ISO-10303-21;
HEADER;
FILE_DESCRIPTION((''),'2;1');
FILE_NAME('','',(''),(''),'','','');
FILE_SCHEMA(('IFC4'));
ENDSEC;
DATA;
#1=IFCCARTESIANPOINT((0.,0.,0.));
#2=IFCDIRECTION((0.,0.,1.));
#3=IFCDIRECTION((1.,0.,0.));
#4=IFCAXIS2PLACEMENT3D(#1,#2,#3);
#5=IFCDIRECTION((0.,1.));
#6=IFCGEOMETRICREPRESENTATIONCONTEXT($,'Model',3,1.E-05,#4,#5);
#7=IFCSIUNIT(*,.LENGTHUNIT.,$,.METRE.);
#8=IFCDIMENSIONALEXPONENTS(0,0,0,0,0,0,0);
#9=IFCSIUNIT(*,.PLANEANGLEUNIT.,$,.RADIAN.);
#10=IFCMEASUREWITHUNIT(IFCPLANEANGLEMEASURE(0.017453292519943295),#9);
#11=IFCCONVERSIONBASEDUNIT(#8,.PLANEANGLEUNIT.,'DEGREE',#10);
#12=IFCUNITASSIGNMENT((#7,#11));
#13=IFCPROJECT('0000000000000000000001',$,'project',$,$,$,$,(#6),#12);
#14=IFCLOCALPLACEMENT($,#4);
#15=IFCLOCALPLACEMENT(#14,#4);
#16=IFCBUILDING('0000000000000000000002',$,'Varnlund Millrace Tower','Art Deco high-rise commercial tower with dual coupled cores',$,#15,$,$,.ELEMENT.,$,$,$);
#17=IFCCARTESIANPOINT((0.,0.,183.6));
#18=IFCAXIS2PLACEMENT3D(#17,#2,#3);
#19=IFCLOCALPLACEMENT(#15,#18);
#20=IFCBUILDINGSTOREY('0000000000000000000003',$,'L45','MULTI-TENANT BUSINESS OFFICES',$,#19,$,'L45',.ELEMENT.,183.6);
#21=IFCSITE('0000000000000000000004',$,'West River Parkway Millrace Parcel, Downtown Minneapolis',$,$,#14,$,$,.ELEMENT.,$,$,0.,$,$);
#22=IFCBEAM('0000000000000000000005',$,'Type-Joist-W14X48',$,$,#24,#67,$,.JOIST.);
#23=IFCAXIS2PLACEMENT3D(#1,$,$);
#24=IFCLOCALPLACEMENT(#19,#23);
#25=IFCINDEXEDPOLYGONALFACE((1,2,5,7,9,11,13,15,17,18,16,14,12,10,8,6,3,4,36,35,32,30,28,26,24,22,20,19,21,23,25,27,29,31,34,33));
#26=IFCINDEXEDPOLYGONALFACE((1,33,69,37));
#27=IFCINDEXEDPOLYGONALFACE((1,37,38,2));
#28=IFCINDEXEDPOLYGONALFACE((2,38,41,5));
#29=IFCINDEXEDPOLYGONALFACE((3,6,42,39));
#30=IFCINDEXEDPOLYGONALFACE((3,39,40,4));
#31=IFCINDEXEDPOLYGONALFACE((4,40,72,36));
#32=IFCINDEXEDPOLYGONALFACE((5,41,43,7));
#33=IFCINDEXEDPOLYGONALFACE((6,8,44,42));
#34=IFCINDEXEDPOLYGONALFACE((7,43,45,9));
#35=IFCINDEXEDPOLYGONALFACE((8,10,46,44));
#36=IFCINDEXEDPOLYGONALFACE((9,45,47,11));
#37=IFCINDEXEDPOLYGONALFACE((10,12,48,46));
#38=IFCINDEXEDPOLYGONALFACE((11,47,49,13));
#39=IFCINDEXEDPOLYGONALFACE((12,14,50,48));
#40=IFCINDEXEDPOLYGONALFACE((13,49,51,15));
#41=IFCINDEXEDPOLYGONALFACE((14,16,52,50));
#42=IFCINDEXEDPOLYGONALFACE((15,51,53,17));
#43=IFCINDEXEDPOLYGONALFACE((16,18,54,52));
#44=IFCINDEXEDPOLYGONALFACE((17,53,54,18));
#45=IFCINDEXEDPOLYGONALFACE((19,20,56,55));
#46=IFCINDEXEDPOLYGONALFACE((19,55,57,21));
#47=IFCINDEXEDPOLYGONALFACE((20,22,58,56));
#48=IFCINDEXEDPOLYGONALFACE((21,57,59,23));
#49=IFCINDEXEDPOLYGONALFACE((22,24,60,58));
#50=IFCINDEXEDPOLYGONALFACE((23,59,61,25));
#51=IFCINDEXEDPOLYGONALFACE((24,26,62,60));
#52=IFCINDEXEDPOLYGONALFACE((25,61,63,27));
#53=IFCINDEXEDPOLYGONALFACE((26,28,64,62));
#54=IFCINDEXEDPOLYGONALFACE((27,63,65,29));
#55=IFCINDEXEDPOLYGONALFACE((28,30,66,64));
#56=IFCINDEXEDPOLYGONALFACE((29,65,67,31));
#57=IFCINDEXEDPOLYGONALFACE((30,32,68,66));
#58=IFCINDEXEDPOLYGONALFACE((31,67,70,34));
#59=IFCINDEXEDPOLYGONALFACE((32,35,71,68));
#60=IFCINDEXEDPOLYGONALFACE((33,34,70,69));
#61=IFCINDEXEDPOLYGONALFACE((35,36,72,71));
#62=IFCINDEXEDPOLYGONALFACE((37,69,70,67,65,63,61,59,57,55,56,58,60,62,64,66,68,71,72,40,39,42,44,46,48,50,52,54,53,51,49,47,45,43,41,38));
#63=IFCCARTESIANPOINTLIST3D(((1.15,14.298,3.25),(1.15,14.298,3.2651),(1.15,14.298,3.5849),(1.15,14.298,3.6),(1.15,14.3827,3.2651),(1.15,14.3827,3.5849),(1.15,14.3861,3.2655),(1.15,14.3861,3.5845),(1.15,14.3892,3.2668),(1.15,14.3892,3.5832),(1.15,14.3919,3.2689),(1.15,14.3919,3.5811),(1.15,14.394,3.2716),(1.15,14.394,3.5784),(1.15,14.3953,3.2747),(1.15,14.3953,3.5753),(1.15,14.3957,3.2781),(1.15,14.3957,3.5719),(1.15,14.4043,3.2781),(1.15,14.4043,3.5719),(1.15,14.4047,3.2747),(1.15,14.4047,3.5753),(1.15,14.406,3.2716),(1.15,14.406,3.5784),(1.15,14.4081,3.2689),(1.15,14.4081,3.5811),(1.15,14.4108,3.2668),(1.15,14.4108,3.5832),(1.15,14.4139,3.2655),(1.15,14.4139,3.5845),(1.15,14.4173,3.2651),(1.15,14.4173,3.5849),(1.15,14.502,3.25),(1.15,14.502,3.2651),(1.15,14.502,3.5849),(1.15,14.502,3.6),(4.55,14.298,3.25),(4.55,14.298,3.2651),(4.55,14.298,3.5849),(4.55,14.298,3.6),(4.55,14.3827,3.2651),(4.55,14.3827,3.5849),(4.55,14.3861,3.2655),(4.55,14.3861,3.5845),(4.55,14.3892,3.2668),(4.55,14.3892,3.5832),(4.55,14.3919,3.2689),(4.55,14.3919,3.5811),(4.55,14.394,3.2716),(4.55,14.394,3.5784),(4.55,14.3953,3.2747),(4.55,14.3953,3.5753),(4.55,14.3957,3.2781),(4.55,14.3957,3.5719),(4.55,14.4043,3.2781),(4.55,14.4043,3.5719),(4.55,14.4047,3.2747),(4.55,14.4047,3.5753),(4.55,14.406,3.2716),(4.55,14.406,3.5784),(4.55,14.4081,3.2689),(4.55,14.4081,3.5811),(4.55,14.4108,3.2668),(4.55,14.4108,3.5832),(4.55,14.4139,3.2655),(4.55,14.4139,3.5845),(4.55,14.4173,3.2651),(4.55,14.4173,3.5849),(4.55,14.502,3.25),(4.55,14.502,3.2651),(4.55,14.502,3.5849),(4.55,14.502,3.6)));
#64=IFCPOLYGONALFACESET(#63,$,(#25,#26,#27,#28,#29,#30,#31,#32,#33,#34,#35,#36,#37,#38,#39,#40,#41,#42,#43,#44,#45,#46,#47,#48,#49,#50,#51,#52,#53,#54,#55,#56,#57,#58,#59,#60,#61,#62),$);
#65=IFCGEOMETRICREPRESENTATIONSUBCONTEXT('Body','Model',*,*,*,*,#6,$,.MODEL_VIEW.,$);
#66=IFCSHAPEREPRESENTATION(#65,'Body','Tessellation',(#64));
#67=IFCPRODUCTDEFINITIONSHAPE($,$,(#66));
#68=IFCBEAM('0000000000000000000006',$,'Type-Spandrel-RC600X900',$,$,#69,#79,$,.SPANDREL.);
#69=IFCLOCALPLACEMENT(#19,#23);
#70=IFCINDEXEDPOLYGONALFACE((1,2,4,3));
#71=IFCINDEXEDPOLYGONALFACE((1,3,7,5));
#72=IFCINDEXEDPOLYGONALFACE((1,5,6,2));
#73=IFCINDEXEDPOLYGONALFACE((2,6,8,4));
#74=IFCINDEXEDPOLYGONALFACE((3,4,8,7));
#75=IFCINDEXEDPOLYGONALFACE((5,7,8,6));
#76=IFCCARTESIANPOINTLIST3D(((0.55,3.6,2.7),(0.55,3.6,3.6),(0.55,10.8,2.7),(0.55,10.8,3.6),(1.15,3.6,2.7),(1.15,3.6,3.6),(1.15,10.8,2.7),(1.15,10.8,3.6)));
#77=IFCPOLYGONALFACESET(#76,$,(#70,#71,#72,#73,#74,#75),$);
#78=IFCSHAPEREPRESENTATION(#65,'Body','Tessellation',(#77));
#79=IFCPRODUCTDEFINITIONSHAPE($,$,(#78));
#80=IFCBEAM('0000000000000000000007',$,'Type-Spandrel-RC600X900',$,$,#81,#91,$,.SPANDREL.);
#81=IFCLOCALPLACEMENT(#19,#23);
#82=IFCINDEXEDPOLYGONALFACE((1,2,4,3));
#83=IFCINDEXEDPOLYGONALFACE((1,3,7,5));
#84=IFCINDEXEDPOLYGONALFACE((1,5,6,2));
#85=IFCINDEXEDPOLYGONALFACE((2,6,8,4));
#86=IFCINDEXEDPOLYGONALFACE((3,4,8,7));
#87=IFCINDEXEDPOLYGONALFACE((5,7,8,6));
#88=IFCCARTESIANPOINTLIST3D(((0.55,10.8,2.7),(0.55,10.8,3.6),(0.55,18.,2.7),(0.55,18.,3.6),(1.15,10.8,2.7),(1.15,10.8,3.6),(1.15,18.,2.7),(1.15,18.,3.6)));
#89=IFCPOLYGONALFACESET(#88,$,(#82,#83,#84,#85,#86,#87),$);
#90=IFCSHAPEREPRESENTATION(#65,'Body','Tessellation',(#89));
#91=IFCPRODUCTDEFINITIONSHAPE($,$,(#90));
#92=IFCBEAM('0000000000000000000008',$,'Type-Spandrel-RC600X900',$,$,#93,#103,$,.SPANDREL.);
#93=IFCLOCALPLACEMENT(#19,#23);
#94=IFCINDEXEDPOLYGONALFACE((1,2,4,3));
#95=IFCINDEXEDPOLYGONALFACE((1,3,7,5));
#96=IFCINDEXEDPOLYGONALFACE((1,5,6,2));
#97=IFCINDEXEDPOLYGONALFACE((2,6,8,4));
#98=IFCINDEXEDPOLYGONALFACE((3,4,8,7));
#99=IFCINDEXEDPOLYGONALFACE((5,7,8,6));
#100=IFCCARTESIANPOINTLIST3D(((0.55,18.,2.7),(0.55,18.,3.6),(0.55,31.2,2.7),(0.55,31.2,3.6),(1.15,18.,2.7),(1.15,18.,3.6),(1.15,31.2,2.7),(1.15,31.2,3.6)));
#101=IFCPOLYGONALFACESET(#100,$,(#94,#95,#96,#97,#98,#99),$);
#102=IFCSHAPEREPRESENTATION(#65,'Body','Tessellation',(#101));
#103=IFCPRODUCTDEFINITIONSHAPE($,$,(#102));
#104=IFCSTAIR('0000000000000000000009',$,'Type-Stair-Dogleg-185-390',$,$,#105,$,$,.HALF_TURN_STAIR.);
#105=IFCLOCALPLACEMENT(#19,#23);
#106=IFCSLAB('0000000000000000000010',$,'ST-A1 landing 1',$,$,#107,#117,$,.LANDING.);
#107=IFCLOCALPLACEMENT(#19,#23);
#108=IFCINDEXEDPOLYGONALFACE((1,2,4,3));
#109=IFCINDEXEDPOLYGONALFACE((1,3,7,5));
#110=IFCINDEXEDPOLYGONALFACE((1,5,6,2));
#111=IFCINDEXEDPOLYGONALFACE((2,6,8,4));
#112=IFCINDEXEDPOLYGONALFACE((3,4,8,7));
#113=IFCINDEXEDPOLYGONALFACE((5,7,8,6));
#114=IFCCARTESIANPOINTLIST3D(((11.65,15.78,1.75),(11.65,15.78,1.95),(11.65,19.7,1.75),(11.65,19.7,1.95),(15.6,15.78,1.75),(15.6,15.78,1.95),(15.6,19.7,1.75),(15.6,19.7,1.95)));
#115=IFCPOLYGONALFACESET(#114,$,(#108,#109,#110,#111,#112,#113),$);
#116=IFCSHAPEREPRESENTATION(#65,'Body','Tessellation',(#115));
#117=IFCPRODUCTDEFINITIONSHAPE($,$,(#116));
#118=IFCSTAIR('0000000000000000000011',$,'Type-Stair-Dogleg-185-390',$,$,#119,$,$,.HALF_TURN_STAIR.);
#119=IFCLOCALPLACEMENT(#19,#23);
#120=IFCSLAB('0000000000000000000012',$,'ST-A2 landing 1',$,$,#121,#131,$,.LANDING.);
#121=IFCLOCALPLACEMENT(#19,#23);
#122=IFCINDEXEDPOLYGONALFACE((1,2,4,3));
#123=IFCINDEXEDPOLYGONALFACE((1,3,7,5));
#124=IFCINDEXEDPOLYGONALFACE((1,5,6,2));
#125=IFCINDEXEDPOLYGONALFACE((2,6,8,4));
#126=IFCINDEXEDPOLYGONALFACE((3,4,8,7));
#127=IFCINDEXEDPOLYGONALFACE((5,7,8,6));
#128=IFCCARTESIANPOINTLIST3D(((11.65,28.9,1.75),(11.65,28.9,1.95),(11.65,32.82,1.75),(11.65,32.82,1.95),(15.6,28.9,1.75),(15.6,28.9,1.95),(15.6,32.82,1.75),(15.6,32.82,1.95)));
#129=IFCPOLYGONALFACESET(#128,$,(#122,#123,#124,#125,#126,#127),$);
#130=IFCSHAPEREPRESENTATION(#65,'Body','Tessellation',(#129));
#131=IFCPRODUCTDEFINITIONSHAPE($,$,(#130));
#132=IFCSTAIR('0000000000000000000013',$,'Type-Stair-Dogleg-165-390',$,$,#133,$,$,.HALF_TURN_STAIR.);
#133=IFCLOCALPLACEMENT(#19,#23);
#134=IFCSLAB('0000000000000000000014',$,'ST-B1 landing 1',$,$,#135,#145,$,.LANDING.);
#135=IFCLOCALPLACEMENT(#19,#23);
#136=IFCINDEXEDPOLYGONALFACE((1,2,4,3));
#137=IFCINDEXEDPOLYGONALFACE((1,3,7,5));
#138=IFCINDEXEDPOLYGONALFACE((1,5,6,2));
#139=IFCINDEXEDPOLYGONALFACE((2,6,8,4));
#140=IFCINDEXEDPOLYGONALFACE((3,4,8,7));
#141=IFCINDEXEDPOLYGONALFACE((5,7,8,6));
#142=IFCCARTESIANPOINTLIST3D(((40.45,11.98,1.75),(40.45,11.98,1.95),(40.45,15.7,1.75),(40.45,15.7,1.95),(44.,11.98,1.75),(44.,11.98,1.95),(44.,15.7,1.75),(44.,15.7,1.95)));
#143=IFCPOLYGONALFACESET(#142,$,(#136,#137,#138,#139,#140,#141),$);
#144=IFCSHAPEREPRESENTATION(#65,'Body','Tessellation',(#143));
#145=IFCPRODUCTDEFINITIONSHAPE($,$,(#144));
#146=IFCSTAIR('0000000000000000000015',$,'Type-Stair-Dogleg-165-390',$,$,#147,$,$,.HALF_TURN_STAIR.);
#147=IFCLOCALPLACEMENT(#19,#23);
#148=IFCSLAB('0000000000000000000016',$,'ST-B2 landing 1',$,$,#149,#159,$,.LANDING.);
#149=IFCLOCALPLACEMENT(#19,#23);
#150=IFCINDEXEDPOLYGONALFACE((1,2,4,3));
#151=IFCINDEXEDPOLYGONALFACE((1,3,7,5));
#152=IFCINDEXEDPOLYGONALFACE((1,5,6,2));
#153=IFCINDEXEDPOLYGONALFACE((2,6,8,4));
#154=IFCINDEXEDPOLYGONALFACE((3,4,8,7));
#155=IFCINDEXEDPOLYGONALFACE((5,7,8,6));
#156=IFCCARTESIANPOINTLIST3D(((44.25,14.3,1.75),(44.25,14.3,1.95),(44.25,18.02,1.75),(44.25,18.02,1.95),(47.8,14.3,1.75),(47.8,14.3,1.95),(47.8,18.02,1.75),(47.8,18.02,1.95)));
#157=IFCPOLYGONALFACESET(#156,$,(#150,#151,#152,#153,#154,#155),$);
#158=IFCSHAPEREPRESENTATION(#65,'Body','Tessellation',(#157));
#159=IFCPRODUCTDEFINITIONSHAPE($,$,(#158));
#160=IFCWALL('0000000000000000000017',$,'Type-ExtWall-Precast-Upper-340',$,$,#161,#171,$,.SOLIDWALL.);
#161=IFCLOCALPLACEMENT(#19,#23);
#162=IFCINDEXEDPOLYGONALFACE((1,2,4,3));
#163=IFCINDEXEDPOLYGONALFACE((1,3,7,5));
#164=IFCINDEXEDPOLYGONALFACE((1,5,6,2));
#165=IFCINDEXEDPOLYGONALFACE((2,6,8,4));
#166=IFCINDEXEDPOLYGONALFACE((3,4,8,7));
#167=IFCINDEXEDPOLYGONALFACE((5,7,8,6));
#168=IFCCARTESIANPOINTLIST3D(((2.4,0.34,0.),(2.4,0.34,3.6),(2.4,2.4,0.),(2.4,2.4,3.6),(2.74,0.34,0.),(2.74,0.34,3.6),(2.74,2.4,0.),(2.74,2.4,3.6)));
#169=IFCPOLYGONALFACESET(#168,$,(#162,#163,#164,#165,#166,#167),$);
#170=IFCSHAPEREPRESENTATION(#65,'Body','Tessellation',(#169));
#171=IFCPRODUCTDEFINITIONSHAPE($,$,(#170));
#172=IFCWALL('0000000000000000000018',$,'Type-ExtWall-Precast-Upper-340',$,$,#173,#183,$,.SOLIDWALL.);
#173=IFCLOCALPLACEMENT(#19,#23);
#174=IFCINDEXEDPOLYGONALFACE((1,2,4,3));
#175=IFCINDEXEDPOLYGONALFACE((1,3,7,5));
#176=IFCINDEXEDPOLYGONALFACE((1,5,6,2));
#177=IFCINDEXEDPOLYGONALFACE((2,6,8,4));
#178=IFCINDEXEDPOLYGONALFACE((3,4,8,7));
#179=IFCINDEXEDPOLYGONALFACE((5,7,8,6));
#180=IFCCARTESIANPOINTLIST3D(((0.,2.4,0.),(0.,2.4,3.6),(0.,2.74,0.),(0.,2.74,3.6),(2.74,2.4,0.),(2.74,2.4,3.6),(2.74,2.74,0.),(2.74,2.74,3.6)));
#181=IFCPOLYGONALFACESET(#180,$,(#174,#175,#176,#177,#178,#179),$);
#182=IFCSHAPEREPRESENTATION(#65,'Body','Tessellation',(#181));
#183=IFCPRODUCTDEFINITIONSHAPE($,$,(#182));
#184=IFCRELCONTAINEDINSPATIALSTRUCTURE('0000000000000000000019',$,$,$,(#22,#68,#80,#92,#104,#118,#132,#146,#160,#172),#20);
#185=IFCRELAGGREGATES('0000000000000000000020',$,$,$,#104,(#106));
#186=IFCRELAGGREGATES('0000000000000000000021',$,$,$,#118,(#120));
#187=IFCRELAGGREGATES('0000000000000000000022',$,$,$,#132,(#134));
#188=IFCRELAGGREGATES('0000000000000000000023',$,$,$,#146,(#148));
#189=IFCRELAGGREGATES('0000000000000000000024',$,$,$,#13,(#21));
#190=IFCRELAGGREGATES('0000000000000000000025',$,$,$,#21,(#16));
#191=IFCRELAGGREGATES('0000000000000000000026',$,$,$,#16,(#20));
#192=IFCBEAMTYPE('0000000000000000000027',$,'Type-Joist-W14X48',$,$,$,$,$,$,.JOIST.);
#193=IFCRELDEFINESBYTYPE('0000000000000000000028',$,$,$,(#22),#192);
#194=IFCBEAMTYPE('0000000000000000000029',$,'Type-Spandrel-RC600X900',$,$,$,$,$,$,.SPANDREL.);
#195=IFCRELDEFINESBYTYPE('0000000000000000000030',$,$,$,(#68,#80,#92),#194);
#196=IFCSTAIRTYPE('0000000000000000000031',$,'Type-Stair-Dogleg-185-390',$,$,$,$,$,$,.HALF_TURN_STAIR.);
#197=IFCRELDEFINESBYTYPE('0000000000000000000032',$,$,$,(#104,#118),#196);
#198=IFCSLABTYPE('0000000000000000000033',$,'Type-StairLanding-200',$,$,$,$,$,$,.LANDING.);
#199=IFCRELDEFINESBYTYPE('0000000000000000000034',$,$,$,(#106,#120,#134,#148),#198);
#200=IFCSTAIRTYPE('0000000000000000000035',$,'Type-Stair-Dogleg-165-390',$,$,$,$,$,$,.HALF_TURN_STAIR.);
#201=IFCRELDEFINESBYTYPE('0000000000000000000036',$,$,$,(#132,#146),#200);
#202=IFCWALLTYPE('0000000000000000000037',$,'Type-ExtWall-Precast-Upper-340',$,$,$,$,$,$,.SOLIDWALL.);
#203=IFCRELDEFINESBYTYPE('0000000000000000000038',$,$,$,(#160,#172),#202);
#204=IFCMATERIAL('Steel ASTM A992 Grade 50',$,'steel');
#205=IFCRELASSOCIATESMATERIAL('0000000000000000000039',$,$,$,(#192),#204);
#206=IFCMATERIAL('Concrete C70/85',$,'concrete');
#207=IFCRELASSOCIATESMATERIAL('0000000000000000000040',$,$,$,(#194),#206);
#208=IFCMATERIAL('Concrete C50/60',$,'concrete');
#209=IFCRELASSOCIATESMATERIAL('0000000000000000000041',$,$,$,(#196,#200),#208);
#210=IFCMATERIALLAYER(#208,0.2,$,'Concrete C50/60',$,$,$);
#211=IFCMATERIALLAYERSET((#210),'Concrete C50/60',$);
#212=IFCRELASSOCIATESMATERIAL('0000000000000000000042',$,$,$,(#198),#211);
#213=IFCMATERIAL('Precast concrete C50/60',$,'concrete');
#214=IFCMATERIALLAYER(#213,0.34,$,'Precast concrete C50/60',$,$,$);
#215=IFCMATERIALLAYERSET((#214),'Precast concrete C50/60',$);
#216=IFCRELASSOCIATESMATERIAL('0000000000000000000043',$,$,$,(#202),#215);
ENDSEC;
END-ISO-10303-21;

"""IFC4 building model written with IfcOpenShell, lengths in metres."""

from ifc_helpers import new_model, entity, si_unit, converted_unit, direction, frame, origin_with_axes, origin_2d_with_axis, place, context, subcontext, project, spatial, polyline, rectangle, i_section, outline, extrude, material, layer, layer_set, material_profile, profile_set, type_object, element, aggregate, save


model = new_model("IFC4")

# Units and contexts
model_context = context("Model", 3, precision=1e-05, world=origin_with_axes(), true_north=direction((0.0, 1.0)))
body_context = subcontext(model_context, "Body", "Model", "MODEL_VIEW")
ifc_project = project(units=[si_unit("LENGTHUNIT", "METRE"), converted_unit("PLANEANGLEUNIT", "DEGREE", entity("IfcPlaneAngleMeasure", 0.017453292519943295), si_unit("PLANEANGLEUNIT", "RADIAN"), dimensions=[0, 0, 0, 0, 0, 0, 0])], contexts=[model_context])

# Site, building, storey
site_placement = place(None, origin_with_axes())
site = spatial("IfcSite", under=ifc_project, at=site_placement, Name="West River Parkway Millrace Parcel, Downtown Minneapolis", CompositionType="ELEMENT", RefElevation=0.0)
building_placement = place(site_placement, origin_with_axes())
building = spatial("IfcBuilding", under=site, at=building_placement, Name="Varnlund Millrace Tower", Description="Art Deco high-rise commercial tower with dual coupled cores", CompositionType="ELEMENT")
storey_placement = place(building_placement, frame((0.0, 0.0, 183.6), z_axis=(0.0, 0.0, 1.0), x_axis=(1.0, 0.0, 0.0)))
storey = spatial("IfcBuildingStorey", under=building, at=storey_placement, Name="L45", Description="MULTI-TENANT BUSINESS OFFICES", LongName="L45", CompositionType="ELEMENT", Elevation=183.6)

# Beams
ifc_material_1 = material(Name="Steel ASTM A992 Grade 50", Category="steel")
ifc_material_profile_1 = material_profile(ifc_material_1, i_section(OverallWidth=0.204, OverallDepth=0.35, WebThickness=0.0086, FlangeThickness=0.0151, FilletRadius=0.013, at=origin_2d_with_axis()), Name="Steel ASTM A992 Grade 50")
ifc_profile_set_1 = profile_set([ifc_material_profile_1], Name="Steel ASTM A992 Grade 50")
beam_type_1 = type_object("IfcBeamType", Name="Type-Joist-W14X48", PredefinedType="JOIST", material=ifc_profile_set_1)
for number, where, z_axis, x_axis, name in (
    (1, (1.15, 14.4, 3.425), (1.0, 0.0, 0.0), (0.0, 1.0, 0.0), "Type-Joist-W14X48"),
):
    element("IfcBeam", number, at=place(storey_placement, frame(where, z_axis=z_axis, x_axis=x_axis)), inside=storey, type_object=beam_type_1, Name=name, PredefinedType="JOIST", context=body_context, shape_type="SweptSolid", body=[
        extrude(i_section(OverallWidth=0.204, OverallDepth=0.35, WebThickness=0.0086, FlangeThickness=0.0151, FilletRadius=0.013, at=origin_2d_with_axis()), origin_with_axes(), (0.0, 0.0, 1.0), 3.4),
    ])
ifc_material_2 = material(Name="Concrete C70/85", Category="concrete")
ifc_material_profile_2 = material_profile(ifc_material_2, rectangle(XDim=0.6, YDim=0.9, at=origin_2d_with_axis()), Name="Concrete C70/85")
ifc_profile_set_2 = profile_set([ifc_material_profile_2], Name="Concrete C70/85")
beam_type_2 = type_object("IfcBeamType", Name="Type-Spandrel-RC600X900", PredefinedType="SPANDREL", material=ifc_profile_set_2)
for number, where, z_axis, x_axis, name in (
    (2, (0.85, 3.6, 3.15), (0.0, 1.0, 0.0), (-1.0, 0.0, 0.0), "Type-Spandrel-RC600X900"),
    (3, (0.85, 10.8, 3.15), (0.0, 1.0, 0.0), (-1.0, 0.0, 0.0), "Type-Spandrel-RC600X900"),
):
    element("IfcBeam", number, at=place(storey_placement, frame(where, z_axis=z_axis, x_axis=x_axis)), inside=storey, type_object=beam_type_2, Name=name, PredefinedType="SPANDREL", context=body_context, shape_type="SweptSolid", body=[
        extrude(rectangle(XDim=0.6, YDim=0.9, at=origin_2d_with_axis()), origin_with_axes(), (0.0, 0.0, 1.0), 7.2),
    ])
beam_1_placement = place(storey_placement, frame((0.85, 18.0, 3.15), z_axis=(0.0, 1.0, 0.0), x_axis=(-1.0, 0.0, 0.0)))
element("IfcBeam", 4, at=beam_1_placement, inside=storey, type_object=beam_type_2, Name="Type-Spandrel-RC600X900", PredefinedType="SPANDREL", context=body_context, shape_type="SweptSolid", body=[
    extrude(rectangle(XDim=0.6, YDim=0.9, at=origin_2d_with_axis()), origin_with_axes(), (0.0, 0.0, 1.0), 13.2),
])

# Stairs, slabs
ifc_material_3 = material(Name="Concrete C50/60", Category="concrete")
stair_type_1 = type_object("IfcStairType", Name="Type-Stair-Dogleg-185-390", PredefinedType="HALF_TURN_STAIR", material=ifc_material_3)
stair_1_placement = place(storey_placement, origin_with_axes())
stair_1 = element("IfcStair", 5, at=stair_1_placement, inside=storey, type_object=stair_type_1, Name="Type-Stair-Dogleg-185-390", PredefinedType="HALF_TURN_STAIR")
ifc_layer_1 = layer(ifc_material_3, 0.2, Name="Concrete C50/60")
ifc_layer_set_1 = layer_set([ifc_layer_1], Name="Concrete C50/60")
slab_type = type_object("IfcSlabType", Name="Type-StairLanding-200", PredefinedType="LANDING", material=ifc_layer_set_1)
slab_1_placement = place(storey_placement, frame((0.0, 0.0, 1.75), z_axis=(0.0, 0.0, 1.0), x_axis=(1.0, 0.0, 0.0)))
slab_1 = element("IfcSlab", 6, at=slab_1_placement, type_object=slab_type, Name="ST-A1 landing 1", PredefinedType="LANDING", context=body_context, shape_type="SweptSolid", body=[
    extrude(outline(polyline([(15.6, 15.78), (15.6, 19.7), (11.65, 19.7), (11.65, 15.78), (15.6, 15.78)])), origin_with_axes(), (0.0, 0.0, 1.0), 0.2),
])
aggregate(stair_1, [slab_1])
stair_2_placement = place(storey_placement, origin_with_axes())
stair_2 = element("IfcStair", 7, at=stair_2_placement, inside=storey, type_object=stair_type_1, Name="Type-Stair-Dogleg-185-390", PredefinedType="HALF_TURN_STAIR")
slab_2_placement = place(storey_placement, frame((0.0, 0.0, 1.75), z_axis=(0.0, 0.0, 1.0), x_axis=(1.0, 0.0, 0.0)))
slab_2 = element("IfcSlab", 8, at=slab_2_placement, type_object=slab_type, Name="ST-A2 landing 1", PredefinedType="LANDING", context=body_context, shape_type="SweptSolid", body=[
    extrude(outline(polyline([(11.65, 32.82), (11.65, 28.9), (15.6, 28.9), (15.6, 32.82), (11.65, 32.82)])), origin_with_axes(), (0.0, 0.0, 1.0), 0.2),
])
aggregate(stair_2, [slab_2])
stair_type_2 = type_object("IfcStairType", Name="Type-Stair-Dogleg-165-390", PredefinedType="HALF_TURN_STAIR", material=ifc_material_3)
stair_3_placement = place(storey_placement, origin_with_axes())
stair_3 = element("IfcStair", 9, at=stair_3_placement, inside=storey, type_object=stair_type_2, Name="Type-Stair-Dogleg-165-390", PredefinedType="HALF_TURN_STAIR")
slab_3_placement = place(storey_placement, frame((0.0, 0.0, 1.75), z_axis=(0.0, 0.0, 1.0), x_axis=(1.0, 0.0, 0.0)))
slab_3 = element("IfcSlab", 10, at=slab_3_placement, type_object=slab_type, Name="ST-B1 landing 1", PredefinedType="LANDING", context=body_context, shape_type="SweptSolid", body=[
    extrude(outline(polyline([(44.0, 11.98), (44.0, 15.7), (40.45, 15.7), (40.45, 11.98), (44.0, 11.98)])), origin_with_axes(), (0.0, 0.0, 1.0), 0.2),
])
aggregate(stair_3, [slab_3])
stair_4_placement = place(storey_placement, origin_with_axes())
stair_4 = element("IfcStair", 11, at=stair_4_placement, inside=storey, type_object=stair_type_2, Name="Type-Stair-Dogleg-165-390", PredefinedType="HALF_TURN_STAIR")
slab_4_placement = place(storey_placement, frame((0.0, 0.0, 1.75), z_axis=(0.0, 0.0, 1.0), x_axis=(1.0, 0.0, 0.0)))
slab_4 = element("IfcSlab", 12, at=slab_4_placement, type_object=slab_type, Name="ST-B2 landing 1", PredefinedType="LANDING", context=body_context, shape_type="SweptSolid", body=[
    extrude(outline(polyline([(44.25, 18.02), (44.25, 14.3), (47.8, 14.3), (47.8, 18.02), (44.25, 18.02)])), origin_with_axes(), (0.0, 0.0, 1.0), 0.2),
])
aggregate(stair_4, [slab_4])

# Walls
ifc_material_4 = material(Name="Precast concrete C50/60", Category="concrete")
ifc_layer_2 = layer(ifc_material_4, 0.34, Name="Precast concrete C50/60")
ifc_layer_set_2 = layer_set([ifc_layer_2], Name="Precast concrete C50/60")
wall_type = type_object("IfcWallType", Name="Type-ExtWall-Precast-Upper-340", PredefinedType="SOLIDWALL", material=ifc_layer_set_2)
wall_1_placement = place(storey_placement, frame((2.57, 0.34, 0.0), z_axis=(0.0, 0.0, 1.0), x_axis=(0.0, 1.0, 0.0)))
element("IfcWall", 13, at=wall_1_placement, inside=storey, type_object=wall_type, Name="Type-ExtWall-Precast-Upper-340", PredefinedType="SOLIDWALL", context=body_context, shape_type="SweptSolid", body=[
    extrude(outline(polyline([(0.0, -0.17), (2.06, -0.17), (2.06, 0.17), (0.0, 0.17), (0.0, -0.17)])), origin_with_axes(), (0.0, 0.0, 1.0), 3.6),
])
wall_2_placement = place(storey_placement, frame((2.74, 2.57, 0.0), z_axis=(0.0, 0.0, 1.0), x_axis=(-1.0, 0.0, 0.0)))
element("IfcWall", 14, at=wall_2_placement, inside=storey, type_object=wall_type, Name="Type-ExtWall-Precast-Upper-340", PredefinedType="SOLIDWALL", context=body_context, shape_type="SweptSolid", body=[
    extrude(outline(polyline([(0.0, -0.17), (2.74, -0.17), (2.74, 0.17), (0.0, 0.17), (0.0, -0.17)])), origin_with_axes(), (0.0, 0.0, 1.0), 3.6),
])

save(model, "model.ifc")
